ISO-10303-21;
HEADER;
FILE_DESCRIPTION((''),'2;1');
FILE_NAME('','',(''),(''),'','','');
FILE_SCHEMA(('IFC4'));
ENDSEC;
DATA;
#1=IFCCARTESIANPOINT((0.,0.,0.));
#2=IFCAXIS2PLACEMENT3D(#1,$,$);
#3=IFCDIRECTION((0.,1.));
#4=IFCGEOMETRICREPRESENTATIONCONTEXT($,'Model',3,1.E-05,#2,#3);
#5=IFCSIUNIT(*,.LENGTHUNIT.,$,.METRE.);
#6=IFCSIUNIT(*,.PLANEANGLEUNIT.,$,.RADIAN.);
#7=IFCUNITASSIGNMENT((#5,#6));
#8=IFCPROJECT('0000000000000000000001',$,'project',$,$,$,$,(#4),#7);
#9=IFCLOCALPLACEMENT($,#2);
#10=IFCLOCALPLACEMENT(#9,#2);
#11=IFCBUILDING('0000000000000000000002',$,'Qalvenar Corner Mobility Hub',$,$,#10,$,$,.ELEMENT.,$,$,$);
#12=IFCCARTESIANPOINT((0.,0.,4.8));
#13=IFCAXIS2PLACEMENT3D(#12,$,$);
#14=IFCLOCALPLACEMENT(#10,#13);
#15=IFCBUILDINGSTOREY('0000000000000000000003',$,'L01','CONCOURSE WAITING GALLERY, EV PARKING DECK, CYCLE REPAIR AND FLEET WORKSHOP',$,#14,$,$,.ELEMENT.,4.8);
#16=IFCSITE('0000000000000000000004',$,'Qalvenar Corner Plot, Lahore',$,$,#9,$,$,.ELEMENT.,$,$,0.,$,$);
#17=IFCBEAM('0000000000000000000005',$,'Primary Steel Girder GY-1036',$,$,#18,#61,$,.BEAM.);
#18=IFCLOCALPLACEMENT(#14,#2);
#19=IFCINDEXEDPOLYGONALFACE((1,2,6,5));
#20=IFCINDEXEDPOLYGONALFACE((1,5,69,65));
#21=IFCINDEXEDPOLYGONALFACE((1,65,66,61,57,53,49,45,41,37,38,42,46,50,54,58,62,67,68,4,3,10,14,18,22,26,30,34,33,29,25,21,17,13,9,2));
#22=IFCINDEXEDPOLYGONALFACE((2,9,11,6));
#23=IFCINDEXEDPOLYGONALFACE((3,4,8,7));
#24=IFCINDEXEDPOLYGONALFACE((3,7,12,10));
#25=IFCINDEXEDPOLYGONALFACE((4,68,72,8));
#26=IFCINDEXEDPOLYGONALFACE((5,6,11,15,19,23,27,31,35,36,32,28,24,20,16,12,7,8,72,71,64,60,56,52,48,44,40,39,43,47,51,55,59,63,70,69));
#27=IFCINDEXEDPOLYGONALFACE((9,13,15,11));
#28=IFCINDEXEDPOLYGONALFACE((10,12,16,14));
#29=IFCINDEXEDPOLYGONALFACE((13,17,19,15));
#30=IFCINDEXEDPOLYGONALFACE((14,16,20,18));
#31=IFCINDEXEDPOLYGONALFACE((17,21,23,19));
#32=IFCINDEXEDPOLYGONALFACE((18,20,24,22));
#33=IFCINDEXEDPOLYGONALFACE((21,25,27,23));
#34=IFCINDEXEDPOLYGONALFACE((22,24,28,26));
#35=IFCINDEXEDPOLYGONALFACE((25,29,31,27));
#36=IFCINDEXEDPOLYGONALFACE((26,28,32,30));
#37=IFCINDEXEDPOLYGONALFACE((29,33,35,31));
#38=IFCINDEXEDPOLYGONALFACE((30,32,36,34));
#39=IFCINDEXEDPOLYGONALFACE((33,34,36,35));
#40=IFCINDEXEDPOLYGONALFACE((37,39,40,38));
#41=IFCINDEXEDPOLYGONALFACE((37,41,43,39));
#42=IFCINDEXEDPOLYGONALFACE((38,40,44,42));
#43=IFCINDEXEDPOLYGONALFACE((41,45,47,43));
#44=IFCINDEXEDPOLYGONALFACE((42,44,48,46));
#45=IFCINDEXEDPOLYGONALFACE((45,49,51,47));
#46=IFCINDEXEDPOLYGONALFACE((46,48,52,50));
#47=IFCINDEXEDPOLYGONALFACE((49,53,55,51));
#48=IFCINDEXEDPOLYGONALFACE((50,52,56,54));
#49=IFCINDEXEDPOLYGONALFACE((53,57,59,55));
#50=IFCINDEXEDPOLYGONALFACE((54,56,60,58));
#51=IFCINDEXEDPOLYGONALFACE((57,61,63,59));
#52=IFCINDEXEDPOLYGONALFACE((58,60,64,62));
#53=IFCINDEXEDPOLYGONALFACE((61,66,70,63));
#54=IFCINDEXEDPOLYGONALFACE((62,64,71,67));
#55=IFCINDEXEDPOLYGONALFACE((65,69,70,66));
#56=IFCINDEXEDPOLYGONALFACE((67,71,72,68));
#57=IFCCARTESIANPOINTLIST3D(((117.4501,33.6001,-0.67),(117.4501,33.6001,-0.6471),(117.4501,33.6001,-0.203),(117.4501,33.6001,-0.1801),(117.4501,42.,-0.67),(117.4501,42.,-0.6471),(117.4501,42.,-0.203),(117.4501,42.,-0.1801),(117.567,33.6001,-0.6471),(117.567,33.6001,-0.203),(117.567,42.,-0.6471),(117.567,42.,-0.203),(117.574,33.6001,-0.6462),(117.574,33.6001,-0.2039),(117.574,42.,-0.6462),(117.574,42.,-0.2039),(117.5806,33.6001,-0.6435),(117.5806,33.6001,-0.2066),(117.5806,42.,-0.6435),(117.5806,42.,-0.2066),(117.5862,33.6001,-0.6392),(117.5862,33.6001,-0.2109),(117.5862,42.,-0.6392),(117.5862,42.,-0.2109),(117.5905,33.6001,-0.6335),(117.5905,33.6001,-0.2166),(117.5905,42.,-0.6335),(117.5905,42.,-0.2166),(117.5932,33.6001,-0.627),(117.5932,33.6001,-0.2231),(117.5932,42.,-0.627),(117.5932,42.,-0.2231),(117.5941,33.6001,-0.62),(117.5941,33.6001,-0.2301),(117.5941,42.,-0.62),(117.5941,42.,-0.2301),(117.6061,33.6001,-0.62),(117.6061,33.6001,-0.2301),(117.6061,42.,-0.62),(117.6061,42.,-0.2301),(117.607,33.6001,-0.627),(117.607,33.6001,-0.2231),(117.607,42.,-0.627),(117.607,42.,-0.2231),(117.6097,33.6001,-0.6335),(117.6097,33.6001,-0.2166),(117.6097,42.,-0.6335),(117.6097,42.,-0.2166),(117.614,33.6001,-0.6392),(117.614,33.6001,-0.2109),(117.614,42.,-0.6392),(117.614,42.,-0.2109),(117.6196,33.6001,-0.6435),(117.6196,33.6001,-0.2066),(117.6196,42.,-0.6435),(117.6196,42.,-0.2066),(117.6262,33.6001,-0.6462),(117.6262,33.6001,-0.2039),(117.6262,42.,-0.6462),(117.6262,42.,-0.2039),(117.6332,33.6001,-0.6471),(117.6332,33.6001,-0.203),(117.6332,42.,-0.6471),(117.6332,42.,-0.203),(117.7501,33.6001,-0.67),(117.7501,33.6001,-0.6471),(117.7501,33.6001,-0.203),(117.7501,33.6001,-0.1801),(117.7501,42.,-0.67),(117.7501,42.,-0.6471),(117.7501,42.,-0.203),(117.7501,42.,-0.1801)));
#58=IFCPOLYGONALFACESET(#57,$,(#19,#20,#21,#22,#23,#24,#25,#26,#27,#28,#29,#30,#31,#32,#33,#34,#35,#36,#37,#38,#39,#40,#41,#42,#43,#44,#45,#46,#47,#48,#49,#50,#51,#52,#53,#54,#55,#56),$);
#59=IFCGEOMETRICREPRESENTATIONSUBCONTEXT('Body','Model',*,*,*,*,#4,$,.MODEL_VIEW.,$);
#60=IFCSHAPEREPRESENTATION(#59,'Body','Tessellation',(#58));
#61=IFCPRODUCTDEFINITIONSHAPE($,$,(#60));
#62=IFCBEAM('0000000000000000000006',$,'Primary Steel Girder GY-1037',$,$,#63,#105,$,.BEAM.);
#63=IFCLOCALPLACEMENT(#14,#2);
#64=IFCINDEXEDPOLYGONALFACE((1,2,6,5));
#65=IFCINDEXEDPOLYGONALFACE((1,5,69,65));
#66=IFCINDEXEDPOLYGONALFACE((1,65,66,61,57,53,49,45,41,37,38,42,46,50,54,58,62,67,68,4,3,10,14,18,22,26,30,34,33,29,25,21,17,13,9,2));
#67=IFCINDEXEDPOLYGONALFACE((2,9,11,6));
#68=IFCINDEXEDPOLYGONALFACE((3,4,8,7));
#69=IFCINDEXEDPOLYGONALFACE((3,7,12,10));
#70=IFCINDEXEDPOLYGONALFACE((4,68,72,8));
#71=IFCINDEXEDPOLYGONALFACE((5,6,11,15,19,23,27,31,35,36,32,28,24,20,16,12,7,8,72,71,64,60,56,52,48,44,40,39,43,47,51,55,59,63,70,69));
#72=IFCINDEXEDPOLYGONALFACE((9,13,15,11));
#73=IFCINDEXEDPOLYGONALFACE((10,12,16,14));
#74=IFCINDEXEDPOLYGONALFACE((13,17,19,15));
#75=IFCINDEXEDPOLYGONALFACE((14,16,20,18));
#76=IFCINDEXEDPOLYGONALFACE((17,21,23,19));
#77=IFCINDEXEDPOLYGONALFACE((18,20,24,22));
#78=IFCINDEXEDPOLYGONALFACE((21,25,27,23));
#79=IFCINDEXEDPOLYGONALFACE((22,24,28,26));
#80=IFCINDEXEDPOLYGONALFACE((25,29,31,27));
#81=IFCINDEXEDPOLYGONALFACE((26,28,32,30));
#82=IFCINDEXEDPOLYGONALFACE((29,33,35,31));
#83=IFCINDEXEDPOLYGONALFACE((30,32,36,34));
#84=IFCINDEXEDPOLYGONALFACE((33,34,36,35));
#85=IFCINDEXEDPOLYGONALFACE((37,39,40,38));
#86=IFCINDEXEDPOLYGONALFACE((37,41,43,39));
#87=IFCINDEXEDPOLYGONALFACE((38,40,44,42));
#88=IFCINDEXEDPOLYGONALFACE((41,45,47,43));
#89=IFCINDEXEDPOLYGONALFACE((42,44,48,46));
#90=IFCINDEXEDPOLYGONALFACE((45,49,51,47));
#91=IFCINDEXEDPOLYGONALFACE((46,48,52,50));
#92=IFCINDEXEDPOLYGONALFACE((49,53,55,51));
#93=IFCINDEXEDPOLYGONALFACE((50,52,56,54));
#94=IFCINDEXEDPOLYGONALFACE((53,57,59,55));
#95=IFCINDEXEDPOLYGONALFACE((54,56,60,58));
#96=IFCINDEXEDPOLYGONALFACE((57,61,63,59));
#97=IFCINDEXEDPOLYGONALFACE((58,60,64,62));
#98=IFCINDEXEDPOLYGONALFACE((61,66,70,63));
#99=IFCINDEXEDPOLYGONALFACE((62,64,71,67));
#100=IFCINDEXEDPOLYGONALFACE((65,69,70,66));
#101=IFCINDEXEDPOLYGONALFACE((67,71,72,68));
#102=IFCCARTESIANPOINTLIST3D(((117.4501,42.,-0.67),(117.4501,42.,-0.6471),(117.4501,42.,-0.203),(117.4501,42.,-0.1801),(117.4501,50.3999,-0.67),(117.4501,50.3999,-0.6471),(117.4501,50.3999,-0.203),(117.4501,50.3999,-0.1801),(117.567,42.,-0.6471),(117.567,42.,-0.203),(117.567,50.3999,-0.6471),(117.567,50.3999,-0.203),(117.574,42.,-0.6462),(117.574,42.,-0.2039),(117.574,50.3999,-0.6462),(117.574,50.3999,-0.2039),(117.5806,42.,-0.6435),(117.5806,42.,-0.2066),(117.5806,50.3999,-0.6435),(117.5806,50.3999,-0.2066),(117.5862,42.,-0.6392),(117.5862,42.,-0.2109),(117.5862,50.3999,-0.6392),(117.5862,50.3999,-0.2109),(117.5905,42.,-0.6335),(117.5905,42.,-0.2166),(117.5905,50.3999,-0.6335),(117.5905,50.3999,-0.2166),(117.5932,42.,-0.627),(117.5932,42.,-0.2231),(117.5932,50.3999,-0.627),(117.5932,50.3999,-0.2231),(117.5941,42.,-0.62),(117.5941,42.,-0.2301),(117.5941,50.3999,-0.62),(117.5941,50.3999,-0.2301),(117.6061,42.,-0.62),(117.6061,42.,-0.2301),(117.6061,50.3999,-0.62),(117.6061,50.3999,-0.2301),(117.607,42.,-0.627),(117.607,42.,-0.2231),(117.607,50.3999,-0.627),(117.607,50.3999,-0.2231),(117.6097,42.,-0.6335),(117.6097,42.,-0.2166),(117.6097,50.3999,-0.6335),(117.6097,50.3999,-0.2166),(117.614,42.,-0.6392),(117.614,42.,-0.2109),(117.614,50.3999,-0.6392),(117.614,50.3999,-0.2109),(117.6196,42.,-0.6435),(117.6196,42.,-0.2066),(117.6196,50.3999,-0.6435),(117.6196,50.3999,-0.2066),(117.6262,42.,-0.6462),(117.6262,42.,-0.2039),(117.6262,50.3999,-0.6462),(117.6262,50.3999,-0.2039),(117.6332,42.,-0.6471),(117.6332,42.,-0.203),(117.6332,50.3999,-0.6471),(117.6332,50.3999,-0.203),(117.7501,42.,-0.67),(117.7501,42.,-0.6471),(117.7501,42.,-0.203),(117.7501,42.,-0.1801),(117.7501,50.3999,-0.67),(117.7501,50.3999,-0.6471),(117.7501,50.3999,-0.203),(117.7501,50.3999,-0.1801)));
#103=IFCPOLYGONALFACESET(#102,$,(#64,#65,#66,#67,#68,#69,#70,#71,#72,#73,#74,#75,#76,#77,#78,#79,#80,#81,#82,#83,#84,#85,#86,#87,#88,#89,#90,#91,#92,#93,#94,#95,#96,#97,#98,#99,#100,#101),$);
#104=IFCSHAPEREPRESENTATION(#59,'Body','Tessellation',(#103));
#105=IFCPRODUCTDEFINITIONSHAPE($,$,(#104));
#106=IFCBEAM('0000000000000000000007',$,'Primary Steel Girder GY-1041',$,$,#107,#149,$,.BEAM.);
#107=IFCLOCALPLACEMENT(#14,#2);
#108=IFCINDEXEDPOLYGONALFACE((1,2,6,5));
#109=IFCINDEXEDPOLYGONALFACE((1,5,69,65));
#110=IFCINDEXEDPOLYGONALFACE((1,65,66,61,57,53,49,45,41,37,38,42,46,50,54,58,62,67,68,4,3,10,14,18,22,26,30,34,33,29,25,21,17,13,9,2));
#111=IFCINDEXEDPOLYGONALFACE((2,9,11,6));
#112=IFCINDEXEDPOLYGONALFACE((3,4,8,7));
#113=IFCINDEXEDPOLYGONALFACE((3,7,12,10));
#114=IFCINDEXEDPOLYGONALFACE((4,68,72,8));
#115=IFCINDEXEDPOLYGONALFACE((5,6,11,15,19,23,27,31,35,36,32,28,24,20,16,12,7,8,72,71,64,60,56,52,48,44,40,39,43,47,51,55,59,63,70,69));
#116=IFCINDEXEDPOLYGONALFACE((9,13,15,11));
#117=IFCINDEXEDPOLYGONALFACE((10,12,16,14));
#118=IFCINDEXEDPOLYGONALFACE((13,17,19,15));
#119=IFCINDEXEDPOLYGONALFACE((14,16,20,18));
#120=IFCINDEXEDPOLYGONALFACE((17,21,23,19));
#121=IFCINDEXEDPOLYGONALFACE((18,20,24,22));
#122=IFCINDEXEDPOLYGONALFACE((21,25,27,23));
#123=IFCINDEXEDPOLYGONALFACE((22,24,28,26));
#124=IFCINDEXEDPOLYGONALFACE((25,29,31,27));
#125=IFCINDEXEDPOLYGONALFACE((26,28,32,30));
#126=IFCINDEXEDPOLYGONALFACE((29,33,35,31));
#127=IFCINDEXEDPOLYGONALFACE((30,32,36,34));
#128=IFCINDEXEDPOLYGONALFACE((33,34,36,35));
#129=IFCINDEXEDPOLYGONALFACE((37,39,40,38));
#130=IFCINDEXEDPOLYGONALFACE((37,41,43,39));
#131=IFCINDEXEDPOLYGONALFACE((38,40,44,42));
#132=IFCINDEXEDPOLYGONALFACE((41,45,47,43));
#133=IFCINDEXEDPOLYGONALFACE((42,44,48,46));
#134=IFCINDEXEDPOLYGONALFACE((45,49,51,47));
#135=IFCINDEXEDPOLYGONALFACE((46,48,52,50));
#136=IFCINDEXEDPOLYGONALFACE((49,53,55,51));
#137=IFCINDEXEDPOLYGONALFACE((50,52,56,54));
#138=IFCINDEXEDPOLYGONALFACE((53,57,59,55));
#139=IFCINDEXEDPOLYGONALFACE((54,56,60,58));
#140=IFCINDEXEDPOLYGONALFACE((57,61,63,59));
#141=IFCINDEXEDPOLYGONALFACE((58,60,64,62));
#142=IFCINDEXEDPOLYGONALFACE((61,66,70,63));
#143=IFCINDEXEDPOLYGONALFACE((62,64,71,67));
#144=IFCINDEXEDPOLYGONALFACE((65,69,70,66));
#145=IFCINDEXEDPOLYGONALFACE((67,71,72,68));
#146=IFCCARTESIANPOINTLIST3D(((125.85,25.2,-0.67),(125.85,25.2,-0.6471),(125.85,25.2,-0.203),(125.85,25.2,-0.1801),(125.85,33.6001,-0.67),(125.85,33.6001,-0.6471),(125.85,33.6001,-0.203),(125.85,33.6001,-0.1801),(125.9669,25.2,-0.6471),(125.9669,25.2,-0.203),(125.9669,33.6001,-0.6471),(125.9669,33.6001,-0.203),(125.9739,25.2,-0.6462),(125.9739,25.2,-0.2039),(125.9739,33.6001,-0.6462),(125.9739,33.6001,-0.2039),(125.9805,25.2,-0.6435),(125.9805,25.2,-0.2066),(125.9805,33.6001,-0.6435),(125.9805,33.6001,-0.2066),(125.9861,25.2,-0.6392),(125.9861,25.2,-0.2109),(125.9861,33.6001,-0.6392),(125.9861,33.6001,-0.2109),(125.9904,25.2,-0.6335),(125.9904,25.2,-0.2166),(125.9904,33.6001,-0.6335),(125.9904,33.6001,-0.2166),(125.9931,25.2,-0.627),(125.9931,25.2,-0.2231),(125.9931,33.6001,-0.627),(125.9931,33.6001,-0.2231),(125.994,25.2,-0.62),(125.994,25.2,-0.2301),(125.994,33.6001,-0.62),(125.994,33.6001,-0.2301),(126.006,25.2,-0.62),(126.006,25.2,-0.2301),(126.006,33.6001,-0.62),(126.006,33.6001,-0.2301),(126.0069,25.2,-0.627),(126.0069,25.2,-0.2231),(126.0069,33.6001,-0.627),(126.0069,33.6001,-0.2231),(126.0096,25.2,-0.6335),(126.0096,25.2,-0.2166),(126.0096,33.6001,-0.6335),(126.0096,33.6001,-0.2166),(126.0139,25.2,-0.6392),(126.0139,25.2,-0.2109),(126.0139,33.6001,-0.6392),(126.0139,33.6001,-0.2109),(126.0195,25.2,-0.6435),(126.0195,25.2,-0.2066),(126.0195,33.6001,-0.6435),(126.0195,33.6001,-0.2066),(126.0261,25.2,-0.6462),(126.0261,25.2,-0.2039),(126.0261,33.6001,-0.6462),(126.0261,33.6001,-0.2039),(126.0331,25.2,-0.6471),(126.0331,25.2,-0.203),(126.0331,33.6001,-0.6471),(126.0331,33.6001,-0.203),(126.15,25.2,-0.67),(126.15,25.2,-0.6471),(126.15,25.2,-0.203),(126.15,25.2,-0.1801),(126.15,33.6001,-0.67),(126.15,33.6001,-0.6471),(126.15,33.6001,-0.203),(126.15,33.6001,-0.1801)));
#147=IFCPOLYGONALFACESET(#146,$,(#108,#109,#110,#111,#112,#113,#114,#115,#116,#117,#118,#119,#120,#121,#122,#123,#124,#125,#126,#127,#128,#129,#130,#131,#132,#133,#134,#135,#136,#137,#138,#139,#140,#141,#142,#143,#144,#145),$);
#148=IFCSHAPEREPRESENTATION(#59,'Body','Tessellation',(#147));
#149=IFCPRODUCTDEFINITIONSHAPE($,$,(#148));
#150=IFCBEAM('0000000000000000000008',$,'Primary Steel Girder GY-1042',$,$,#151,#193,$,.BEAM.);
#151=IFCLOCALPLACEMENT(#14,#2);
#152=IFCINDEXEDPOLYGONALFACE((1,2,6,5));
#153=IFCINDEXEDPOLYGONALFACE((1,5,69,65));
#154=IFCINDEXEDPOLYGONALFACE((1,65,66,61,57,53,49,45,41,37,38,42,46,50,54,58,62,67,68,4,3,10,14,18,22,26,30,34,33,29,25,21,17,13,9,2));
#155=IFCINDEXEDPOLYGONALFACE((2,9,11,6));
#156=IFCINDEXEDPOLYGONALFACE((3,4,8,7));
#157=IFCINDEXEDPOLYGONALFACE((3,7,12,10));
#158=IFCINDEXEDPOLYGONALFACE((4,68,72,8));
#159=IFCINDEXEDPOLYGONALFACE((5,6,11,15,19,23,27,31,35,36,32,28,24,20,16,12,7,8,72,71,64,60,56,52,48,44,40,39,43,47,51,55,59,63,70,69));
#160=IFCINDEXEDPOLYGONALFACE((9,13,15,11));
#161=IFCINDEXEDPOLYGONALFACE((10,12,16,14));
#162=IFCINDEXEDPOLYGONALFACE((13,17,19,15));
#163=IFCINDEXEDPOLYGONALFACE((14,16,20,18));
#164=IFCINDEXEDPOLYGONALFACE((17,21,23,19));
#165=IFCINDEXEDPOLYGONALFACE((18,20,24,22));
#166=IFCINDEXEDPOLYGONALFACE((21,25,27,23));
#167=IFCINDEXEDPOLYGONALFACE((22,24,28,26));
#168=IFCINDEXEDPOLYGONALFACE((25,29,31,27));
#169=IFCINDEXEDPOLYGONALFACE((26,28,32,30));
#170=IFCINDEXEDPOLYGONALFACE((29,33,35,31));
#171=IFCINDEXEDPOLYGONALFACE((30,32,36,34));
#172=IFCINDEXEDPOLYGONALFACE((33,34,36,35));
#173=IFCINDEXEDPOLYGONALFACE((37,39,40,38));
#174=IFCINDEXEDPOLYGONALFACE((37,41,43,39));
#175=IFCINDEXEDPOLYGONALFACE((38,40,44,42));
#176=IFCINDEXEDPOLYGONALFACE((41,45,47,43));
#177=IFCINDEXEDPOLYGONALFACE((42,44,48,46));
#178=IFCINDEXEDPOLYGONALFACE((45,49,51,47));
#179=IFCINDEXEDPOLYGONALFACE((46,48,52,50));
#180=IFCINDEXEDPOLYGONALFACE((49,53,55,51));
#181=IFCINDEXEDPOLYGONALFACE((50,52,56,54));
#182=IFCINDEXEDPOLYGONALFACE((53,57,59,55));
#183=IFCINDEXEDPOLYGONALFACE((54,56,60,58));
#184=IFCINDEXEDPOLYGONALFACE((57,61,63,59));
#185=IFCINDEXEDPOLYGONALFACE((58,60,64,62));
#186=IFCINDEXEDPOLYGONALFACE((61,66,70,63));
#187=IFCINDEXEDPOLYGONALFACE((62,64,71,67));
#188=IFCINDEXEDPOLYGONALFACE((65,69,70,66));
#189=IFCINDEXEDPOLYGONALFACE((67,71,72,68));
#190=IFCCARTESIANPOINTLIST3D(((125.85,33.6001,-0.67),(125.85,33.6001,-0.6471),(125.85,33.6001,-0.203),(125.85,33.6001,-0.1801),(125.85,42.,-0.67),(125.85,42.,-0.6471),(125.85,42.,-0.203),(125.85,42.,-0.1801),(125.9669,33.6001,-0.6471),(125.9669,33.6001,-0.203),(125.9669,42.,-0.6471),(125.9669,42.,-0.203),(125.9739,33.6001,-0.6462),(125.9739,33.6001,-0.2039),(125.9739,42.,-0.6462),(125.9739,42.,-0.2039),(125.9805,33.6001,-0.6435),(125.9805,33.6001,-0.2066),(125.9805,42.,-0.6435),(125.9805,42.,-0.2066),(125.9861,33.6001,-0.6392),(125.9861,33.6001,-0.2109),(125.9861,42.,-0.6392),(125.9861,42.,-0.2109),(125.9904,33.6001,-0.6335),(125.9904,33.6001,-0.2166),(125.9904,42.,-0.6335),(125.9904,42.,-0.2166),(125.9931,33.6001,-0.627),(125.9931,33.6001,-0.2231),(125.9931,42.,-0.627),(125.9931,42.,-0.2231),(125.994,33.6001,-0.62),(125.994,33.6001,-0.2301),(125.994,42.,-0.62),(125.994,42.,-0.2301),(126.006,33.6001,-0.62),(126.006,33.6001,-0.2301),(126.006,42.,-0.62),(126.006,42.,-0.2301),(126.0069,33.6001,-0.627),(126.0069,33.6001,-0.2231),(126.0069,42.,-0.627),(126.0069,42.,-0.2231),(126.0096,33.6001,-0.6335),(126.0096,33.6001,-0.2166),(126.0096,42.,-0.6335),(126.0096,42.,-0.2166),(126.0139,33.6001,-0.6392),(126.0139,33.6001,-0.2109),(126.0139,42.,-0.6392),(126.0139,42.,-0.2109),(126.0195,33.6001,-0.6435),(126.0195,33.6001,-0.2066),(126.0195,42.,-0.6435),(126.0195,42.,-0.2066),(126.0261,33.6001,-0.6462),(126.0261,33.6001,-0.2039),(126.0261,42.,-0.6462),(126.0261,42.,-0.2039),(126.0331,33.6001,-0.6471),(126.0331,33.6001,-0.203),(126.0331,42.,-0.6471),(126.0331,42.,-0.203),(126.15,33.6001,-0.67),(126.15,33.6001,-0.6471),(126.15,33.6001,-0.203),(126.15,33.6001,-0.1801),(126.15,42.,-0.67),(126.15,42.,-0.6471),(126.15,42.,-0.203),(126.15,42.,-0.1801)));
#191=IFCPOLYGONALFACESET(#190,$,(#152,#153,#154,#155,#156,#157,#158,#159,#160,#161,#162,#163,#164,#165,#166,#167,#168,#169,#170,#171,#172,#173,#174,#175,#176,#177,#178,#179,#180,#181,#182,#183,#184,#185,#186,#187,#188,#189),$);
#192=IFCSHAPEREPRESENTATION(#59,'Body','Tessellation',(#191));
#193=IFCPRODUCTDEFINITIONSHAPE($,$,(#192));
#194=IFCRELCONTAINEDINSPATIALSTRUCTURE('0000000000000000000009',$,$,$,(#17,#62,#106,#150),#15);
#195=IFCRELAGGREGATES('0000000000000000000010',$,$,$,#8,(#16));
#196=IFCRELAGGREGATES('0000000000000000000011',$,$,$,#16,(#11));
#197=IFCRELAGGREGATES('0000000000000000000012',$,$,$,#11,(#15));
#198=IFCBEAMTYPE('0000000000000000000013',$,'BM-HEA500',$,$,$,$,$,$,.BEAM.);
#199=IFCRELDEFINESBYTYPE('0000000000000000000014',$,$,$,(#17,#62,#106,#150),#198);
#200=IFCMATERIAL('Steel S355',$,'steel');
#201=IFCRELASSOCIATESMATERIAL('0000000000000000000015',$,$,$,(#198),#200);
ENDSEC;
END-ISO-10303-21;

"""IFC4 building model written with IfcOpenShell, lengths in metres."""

from ifc_helpers import new_model, si_unit, direction, frame, origin, origin_2d, place, context, subcontext, project, spatial, i_section, extrude, material, material_profile, profile_set, type_object, element, save


model = new_model("IFC4")

# Units and contexts
model_context = context("Model", 3, precision=1e-05, world=origin(), true_north=direction((0.0, 1.0)))
body_context = subcontext(model_context, "Body", "Model", "MODEL_VIEW")
ifc_project = project(units=[si_unit("LENGTHUNIT", "METRE"), si_unit("PLANEANGLEUNIT", "RADIAN")], contexts=[model_context])

# Site, building, storey
site_placement = place(None, origin())
site = spatial("IfcSite", under=ifc_project, at=site_placement, Name="Qalvenar Corner Plot, Lahore", CompositionType="ELEMENT", RefElevation=0.0)
building_placement = place(site_placement, origin())
building = spatial("IfcBuilding", under=site, at=building_placement, Name="Qalvenar Corner Mobility Hub", CompositionType="ELEMENT")
storey_placement = place(building_placement, frame((0.0, 0.0, 4.8)))
storey = spatial("IfcBuildingStorey", under=building, at=storey_placement, Name="L01", Description="CONCOURSE WAITING GALLERY, EV PARKING DECK, CYCLE REPAIR AND FLEET WORKSHOP", CompositionType="ELEMENT", Elevation=4.8)

# Shared definitions
ifc_material_1 = material(Name="Steel S355", Category="steel")

# Beams
ifc_material_profile_1 = material_profile(ifc_material_1, i_section(OverallWidth=0.3, OverallDepth=0.49, WebThickness=0.012, FlangeThickness=0.0229, FilletRadius=0.0271, at=origin_2d()), Name="HEA500")
ifc_profile_set_1 = profile_set([ifc_material_profile_1], Name="Steel S355")
beam_type_1 = type_object("IfcBeamType", Name="BM-HEA500", PredefinedType="BEAM", material=ifc_profile_set_1)
for number, where, z_axis, x_axis, name in (
    (1, (117.6001, 33.6001, -0.425), (0.0, 1.0, 0.0), (-1.0, 0.0, 0.0), "Primary Steel Girder GY-1036"),
    (2, (117.6001, 42.0, -0.425), (0.0, 1.0, 0.0), (-1.0, 0.0, 0.0), "Primary Steel Girder GY-1037"),
):
    element("IfcBeam", number, at=place(storey_placement, frame(where, z_axis=z_axis, x_axis=x_axis)), inside=storey, type_object=beam_type_1, Name=name, PredefinedType="BEAM", context=body_context, shape_type="SweptSolid", body=[
        extrude(i_section(OverallWidth=0.3, OverallDepth=0.49, WebThickness=0.012, FlangeThickness=0.0229, FilletRadius=0.0271, at=origin_2d()), origin(), (0.0, 0.0, 1.0), 8.3999),
    ])
beam_placement = place(storey_placement, frame((126.0, 25.2, -0.425), z_axis=(0.0, 1.0, 0.0), x_axis=(-1.0, 0.0, 0.0)))
element("IfcBeam", 3, at=beam_placement, inside=storey, type_object=beam_type_1, Name="Primary Steel Girder GY-1041", PredefinedType="BEAM", context=body_context, shape_type="SweptSolid", body=[
    extrude(i_section(OverallWidth=0.3, OverallDepth=0.49, WebThickness=0.012, FlangeThickness=0.0229, FilletRadius=0.0271, at=origin_2d()), origin(), (0.0, 0.0, 1.0), 8.4001),
])
for number, where, z_axis, x_axis, name in (
    (4, (126.0, 33.6001, -0.425), (0.0, 1.0, 0.0), (-1.0, 0.0, 0.0), "Primary Steel Girder GY-1042"),
):
    element("IfcBeam", number, at=place(storey_placement, frame(where, z_axis=z_axis, x_axis=x_axis)), inside=storey, type_object=beam_type_1, Name=name, PredefinedType="BEAM", context=body_context, shape_type="SweptSolid", body=[
        extrude(i_section(OverallWidth=0.3, OverallDepth=0.49, WebThickness=0.012, FlangeThickness=0.0229, FilletRadius=0.0271, at=origin_2d()), origin(), (0.0, 0.0, 1.0), 8.3999),
    ])

save(model, "model.ifc")
